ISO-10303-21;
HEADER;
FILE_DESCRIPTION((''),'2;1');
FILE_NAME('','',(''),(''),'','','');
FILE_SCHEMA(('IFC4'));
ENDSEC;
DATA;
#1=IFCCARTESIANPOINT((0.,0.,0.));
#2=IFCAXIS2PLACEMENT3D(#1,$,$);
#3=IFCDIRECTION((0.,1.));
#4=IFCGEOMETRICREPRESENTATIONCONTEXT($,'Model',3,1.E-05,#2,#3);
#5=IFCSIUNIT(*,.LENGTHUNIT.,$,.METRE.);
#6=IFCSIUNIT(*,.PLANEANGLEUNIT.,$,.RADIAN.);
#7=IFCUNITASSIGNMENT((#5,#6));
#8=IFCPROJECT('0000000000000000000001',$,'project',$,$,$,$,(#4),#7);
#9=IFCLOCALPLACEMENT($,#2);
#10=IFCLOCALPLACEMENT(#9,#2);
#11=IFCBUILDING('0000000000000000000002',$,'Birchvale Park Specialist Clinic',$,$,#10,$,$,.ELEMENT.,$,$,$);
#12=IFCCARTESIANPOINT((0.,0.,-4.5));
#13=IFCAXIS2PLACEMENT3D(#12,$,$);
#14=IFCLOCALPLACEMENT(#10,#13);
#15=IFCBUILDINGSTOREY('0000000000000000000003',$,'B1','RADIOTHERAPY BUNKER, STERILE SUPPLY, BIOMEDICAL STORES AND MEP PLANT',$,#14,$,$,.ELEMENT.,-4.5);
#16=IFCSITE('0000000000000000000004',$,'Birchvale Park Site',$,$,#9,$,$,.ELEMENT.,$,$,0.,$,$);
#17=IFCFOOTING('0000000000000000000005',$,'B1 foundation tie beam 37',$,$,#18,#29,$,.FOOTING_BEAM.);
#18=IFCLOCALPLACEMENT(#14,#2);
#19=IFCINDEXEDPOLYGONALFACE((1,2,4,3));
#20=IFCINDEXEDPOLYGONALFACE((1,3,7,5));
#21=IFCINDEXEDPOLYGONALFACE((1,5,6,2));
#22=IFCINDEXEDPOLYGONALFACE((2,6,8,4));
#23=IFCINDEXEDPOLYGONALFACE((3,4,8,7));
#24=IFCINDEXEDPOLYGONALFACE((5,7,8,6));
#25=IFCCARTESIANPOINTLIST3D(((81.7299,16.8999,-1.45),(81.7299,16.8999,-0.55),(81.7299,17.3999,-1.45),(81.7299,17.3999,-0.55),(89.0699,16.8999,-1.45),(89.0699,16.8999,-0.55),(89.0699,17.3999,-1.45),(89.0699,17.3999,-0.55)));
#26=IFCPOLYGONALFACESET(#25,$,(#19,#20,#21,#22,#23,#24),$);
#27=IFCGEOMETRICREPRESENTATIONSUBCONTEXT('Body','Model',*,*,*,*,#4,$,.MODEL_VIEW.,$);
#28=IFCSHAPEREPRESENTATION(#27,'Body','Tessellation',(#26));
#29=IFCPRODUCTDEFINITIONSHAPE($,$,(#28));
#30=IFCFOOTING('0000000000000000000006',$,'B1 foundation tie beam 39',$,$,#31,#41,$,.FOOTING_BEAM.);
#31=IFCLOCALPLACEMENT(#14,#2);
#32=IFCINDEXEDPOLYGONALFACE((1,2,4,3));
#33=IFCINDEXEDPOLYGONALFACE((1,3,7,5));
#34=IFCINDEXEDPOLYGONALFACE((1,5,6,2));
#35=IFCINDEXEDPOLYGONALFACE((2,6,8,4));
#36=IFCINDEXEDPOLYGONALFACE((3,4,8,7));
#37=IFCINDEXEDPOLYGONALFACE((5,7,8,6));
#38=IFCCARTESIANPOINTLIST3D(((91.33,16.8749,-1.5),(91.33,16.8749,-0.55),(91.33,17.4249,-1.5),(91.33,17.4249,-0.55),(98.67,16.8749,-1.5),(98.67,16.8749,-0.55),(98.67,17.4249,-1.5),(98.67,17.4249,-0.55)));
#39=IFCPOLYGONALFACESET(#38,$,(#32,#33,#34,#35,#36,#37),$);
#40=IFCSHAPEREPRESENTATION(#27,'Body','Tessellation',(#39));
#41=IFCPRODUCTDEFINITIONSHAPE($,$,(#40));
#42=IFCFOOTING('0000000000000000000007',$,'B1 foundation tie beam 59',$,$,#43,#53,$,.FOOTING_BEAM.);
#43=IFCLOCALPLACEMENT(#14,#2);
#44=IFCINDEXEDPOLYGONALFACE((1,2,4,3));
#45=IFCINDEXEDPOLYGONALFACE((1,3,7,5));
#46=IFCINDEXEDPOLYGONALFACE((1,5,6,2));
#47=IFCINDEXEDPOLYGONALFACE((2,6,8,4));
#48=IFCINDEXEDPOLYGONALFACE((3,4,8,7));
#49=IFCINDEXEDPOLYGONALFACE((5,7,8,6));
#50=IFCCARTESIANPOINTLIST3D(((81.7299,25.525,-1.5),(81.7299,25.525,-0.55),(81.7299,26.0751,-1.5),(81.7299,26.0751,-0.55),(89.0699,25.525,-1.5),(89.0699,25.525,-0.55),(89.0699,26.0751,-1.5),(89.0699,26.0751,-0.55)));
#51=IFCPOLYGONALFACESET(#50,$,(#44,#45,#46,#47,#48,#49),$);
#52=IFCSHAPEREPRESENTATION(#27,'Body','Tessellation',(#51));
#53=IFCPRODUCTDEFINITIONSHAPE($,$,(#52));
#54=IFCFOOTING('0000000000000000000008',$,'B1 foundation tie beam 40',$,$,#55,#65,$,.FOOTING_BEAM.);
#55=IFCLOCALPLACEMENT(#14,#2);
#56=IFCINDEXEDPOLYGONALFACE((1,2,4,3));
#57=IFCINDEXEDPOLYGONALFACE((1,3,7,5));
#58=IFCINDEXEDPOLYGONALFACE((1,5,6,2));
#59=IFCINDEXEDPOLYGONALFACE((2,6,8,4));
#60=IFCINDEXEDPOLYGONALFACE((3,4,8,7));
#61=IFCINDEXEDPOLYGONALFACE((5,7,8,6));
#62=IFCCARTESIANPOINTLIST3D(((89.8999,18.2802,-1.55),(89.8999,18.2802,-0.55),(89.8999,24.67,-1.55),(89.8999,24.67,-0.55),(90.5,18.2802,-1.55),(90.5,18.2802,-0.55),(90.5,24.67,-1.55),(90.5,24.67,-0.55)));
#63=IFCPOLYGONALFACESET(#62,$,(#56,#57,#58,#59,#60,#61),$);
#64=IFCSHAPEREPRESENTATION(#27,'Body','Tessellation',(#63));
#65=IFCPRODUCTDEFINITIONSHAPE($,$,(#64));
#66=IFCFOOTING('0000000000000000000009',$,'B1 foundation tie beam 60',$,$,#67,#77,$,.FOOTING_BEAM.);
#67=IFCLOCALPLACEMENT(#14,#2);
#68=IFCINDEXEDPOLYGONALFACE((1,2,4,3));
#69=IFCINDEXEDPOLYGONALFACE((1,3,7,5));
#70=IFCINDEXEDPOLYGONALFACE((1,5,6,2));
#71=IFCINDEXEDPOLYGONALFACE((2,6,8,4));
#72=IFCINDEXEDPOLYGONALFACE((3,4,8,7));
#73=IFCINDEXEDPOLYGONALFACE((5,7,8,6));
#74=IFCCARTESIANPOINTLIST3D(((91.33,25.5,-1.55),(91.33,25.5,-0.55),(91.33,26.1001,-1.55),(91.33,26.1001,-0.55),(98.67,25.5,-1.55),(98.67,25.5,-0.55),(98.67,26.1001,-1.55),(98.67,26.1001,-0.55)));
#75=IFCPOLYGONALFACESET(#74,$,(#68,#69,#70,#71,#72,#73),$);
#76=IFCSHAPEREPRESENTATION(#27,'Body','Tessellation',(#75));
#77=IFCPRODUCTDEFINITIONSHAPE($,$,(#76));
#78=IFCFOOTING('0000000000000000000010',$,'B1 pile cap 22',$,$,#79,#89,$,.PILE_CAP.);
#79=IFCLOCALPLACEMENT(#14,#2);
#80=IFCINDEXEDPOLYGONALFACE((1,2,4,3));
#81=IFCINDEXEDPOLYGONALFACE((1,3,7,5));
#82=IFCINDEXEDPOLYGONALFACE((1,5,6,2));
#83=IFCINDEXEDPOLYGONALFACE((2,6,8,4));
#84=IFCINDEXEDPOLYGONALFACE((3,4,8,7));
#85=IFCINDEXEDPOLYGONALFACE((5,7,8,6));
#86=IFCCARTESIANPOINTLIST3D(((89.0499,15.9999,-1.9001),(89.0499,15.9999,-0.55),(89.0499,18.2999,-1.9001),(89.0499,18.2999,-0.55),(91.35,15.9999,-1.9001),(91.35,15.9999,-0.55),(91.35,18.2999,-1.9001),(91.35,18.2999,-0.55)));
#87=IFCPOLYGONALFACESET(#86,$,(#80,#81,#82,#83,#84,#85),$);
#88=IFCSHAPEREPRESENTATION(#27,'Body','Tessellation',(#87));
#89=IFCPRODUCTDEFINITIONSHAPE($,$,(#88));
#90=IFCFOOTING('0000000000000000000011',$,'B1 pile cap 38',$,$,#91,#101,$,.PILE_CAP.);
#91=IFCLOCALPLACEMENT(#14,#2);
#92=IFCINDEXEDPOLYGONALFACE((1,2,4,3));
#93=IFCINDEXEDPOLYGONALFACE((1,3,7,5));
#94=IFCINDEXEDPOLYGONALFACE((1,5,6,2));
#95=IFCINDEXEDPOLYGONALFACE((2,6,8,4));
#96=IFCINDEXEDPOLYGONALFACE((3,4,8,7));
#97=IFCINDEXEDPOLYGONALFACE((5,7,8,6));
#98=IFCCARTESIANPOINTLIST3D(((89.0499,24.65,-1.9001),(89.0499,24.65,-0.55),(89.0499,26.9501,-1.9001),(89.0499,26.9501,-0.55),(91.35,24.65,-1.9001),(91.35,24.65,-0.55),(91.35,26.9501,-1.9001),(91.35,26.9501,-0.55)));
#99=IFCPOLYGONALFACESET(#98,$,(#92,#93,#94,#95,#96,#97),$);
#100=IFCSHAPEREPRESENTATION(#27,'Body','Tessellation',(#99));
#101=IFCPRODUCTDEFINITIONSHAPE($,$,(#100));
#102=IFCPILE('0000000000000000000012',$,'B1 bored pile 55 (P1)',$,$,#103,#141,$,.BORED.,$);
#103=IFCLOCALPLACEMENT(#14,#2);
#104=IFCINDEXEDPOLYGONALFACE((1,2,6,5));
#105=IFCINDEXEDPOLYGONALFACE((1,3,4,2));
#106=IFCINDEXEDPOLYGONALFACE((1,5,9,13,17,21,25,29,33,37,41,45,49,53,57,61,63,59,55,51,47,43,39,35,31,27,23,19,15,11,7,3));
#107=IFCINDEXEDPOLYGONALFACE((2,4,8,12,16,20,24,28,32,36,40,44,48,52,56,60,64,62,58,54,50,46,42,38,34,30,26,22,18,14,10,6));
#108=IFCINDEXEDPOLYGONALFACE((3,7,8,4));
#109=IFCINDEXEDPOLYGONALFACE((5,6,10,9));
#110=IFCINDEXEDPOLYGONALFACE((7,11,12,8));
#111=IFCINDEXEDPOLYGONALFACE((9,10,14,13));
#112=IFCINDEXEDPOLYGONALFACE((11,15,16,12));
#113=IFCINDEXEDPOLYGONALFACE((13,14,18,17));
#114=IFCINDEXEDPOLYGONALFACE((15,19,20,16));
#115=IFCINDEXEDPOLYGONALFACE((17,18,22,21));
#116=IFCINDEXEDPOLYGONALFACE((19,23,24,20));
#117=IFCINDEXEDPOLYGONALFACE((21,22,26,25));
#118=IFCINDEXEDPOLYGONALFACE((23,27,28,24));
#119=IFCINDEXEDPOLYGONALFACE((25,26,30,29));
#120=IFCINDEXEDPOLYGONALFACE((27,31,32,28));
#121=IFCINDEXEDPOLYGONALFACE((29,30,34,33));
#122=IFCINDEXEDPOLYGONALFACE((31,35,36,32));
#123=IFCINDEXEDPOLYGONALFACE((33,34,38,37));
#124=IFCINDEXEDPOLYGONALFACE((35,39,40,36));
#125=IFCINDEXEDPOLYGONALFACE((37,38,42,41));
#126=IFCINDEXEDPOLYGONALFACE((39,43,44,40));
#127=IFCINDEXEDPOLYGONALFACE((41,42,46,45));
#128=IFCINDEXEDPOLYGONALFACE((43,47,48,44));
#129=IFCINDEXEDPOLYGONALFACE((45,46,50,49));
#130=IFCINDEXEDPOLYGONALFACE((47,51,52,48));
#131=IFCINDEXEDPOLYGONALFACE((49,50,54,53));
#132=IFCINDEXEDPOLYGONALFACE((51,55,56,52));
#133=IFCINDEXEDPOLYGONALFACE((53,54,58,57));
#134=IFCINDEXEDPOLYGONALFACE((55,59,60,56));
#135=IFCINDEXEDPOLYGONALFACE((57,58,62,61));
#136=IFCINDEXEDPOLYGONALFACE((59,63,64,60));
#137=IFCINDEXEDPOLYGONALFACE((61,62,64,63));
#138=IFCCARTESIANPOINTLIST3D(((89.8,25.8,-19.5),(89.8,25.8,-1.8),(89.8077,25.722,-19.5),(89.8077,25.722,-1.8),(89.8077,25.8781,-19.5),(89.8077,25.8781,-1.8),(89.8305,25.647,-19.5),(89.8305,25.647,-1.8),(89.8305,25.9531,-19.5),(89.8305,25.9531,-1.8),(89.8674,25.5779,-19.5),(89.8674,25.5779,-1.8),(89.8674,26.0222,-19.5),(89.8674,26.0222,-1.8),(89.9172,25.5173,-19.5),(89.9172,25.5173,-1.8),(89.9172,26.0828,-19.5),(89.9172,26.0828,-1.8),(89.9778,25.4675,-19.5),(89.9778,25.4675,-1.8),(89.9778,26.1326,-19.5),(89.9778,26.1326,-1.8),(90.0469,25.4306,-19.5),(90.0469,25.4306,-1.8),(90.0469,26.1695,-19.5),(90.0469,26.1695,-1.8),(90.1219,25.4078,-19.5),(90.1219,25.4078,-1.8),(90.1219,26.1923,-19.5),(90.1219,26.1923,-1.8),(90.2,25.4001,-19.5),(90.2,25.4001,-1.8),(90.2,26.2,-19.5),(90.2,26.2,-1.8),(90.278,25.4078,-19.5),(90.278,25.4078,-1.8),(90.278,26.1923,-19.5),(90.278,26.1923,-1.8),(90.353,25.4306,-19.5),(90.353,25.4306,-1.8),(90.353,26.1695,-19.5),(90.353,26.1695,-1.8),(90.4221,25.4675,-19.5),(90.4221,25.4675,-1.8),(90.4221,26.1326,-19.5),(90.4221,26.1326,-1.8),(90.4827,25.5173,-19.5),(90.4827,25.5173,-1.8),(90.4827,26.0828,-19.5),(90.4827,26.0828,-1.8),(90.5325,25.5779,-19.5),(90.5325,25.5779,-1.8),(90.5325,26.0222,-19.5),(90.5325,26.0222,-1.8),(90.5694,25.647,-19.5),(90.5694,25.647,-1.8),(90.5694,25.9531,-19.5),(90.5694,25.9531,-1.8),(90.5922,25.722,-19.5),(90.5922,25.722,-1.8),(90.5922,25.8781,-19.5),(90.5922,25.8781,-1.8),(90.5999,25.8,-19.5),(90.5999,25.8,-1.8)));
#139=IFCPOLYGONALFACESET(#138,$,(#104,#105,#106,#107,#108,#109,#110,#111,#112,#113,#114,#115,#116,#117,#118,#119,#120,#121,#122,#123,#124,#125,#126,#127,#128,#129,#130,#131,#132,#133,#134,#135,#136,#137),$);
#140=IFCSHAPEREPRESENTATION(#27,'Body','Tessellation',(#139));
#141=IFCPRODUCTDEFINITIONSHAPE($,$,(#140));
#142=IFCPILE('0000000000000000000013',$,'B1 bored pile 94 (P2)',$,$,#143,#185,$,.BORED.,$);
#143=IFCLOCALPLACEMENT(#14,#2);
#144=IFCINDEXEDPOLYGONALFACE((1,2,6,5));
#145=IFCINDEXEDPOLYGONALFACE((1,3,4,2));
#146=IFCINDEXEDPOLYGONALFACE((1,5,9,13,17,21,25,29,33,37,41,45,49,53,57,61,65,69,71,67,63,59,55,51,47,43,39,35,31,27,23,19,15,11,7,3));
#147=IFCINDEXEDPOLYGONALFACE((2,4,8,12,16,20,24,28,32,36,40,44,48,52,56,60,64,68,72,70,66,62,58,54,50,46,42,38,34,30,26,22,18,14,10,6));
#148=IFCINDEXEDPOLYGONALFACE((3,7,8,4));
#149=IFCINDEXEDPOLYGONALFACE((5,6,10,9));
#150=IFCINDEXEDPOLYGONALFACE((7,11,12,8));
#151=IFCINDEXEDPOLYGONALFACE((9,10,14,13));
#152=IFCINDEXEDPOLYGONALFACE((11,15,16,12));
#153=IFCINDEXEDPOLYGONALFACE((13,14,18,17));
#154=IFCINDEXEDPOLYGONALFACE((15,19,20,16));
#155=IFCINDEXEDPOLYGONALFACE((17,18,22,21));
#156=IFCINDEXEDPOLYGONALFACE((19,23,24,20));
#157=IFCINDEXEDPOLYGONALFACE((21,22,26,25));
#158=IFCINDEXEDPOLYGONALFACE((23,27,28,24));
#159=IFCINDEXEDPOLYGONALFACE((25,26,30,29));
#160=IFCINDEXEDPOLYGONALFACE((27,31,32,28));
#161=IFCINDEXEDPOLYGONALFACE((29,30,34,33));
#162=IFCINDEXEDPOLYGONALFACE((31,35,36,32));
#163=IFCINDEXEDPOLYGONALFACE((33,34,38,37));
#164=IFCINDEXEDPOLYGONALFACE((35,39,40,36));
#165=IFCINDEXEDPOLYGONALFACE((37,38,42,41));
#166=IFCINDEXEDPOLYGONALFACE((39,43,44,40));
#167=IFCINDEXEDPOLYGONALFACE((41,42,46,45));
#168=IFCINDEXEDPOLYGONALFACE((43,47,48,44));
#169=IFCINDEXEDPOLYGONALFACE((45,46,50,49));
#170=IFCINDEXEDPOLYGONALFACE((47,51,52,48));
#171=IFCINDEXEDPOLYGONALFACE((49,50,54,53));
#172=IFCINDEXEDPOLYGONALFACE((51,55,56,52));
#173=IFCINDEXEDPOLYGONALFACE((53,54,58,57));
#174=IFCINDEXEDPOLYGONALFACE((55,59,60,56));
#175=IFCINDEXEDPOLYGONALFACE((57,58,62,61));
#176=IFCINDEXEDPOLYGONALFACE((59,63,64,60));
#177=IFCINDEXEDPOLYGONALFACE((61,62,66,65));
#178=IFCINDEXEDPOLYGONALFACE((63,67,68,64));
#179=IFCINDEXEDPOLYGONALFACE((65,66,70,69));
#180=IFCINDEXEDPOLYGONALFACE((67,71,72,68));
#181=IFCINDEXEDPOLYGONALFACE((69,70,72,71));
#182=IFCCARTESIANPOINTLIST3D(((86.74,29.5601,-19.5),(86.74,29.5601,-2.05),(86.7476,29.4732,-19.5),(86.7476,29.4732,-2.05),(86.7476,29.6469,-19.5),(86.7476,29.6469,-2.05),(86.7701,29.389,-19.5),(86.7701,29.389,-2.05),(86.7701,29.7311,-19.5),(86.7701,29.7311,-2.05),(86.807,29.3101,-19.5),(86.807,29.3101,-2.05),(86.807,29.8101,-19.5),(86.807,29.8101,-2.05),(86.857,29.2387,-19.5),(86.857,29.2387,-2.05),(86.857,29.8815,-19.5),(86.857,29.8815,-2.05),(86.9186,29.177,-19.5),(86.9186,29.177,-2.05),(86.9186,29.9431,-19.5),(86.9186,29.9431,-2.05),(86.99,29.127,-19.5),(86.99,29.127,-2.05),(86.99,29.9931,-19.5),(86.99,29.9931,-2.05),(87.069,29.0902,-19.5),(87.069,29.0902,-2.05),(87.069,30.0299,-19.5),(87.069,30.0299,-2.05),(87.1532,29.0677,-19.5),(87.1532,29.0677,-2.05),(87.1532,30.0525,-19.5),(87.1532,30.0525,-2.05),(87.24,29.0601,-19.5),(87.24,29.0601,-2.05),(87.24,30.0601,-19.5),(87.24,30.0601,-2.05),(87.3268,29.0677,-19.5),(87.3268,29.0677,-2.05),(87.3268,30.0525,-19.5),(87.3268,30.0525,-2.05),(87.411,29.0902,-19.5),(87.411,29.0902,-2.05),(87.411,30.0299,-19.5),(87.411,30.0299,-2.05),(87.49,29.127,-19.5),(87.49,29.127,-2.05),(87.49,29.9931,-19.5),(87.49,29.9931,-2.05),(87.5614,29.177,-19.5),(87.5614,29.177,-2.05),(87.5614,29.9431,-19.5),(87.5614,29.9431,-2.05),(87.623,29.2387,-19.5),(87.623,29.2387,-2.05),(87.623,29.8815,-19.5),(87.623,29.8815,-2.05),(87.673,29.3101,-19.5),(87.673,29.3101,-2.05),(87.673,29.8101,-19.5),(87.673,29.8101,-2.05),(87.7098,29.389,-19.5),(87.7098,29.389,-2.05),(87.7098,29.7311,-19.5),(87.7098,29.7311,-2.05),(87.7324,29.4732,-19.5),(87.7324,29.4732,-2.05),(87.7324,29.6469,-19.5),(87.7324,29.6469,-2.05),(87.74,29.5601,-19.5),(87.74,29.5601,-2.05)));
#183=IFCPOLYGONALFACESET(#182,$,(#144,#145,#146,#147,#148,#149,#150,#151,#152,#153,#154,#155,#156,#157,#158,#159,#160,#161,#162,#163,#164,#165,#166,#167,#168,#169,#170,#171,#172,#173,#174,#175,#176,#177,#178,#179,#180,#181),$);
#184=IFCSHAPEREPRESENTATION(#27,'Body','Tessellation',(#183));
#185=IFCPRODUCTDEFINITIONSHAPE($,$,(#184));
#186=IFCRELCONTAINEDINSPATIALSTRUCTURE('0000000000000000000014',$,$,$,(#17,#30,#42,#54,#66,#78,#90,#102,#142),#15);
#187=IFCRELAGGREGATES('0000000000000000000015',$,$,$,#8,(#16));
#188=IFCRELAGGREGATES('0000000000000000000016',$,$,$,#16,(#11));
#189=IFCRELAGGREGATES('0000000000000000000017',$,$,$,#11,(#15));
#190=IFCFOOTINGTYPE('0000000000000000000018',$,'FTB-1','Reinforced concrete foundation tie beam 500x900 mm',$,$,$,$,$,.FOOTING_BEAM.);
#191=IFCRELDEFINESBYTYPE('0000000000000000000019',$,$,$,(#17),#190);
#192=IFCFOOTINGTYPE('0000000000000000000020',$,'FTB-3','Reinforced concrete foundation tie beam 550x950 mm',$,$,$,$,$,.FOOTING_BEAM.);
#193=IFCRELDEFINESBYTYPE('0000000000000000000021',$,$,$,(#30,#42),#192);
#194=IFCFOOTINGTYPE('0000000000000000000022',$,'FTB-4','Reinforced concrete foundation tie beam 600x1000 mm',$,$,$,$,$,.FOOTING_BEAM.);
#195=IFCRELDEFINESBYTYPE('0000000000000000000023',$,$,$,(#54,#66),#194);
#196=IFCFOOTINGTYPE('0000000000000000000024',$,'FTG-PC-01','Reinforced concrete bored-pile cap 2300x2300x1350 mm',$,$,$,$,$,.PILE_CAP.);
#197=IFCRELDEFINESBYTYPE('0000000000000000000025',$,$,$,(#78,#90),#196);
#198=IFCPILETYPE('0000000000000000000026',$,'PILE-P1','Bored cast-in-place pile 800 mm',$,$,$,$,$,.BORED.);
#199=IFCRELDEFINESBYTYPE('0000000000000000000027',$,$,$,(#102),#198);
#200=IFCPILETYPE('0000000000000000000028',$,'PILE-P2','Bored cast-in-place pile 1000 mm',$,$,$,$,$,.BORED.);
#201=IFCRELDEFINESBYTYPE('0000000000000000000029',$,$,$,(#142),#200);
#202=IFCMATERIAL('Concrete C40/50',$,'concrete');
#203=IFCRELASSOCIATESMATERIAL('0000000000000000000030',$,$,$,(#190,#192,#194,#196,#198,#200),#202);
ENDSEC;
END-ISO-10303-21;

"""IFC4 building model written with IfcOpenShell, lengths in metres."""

from ifc_helpers import new_model, si_unit, direction, frame, origin, origin_2d, place, context, subcontext, project, spatial, rectangle, circle, extrude, material, material_profile, profile_set, type_object, element, save


model = new_model("IFC4")

# Units and contexts
model_context = context("Model", 3, precision=1e-05, world=origin(), true_north=direction((0.0, 1.0)))
body_context = subcontext(model_context, "Body", "Model", "MODEL_VIEW")
ifc_project = project(units=[si_unit("LENGTHUNIT", "METRE"), si_unit("PLANEANGLEUNIT", "RADIAN")], contexts=[model_context])

# Site, building, storey
site_placement = place(None, origin())
site = spatial("IfcSite", under=ifc_project, at=site_placement, Name="Birchvale Park Site", CompositionType="ELEMENT", RefElevation=0.0)
building_placement = place(site_placement, origin())
building = spatial("IfcBuilding", under=site, at=building_placement, Name="Birchvale Park Specialist Clinic", CompositionType="ELEMENT")
storey_placement = place(building_placement, frame((0.0, 0.0, -4.5)))
storey = spatial("IfcBuildingStorey", under=building, at=storey_placement, Name="B1", Description="RADIOTHERAPY BUNKER, STERILE SUPPLY, BIOMEDICAL STORES AND MEP PLANT", CompositionType="ELEMENT", Elevation=-4.5)

# Footings
ifc_material_1 = material(Name="Concrete C40/50", Category="concrete")
footing_type_1 = type_object("IfcFootingType", Name="FTB-1", Description="Reinforced concrete foundation tie beam 500x900 mm", PredefinedType="FOOTING_BEAM", material=ifc_material_1)
footing_1_placement = place(storey_placement, frame((85.3999, 17.1499, -1.45), z_axis=(0.0, 0.0, 1.0), x_axis=(1.0, 0.0, 0.0)))
element("IfcFooting", 1, at=footing_1_placement, inside=storey, type_object=footing_type_1, Name="B1 foundation tie beam 37", PredefinedType="FOOTING_BEAM", context=body_context, shape_type="SweptSolid", body=[
    extrude(rectangle(XDim=7.3401, YDim=0.5, at=origin_2d()), origin(), (0.0, 0.0, 1.0), 0.8999),
])
footing_type_2 = type_object("IfcFootingType", Name="FTB-3", Description="Reinforced concrete foundation tie beam 550x950 mm", PredefinedType="FOOTING_BEAM", material=ifc_material_1)
for number, where, z_axis, x_axis, name in (
    (2, (95.0, 17.1499, -1.5), (0.0, 0.0, 1.0), (1.0, 0.0, 0.0), "B1 foundation tie beam 39"),
    (3, (85.3999, 25.8, -1.5), (0.0, 0.0, 1.0), (1.0, 0.0, 0.0), "B1 foundation tie beam 59"),
):
    element("IfcFooting", number, at=place(storey_placement, frame(where, z_axis=z_axis, x_axis=x_axis)), inside=storey, type_object=footing_type_2, Name=name, PredefinedType="FOOTING_BEAM", context=body_context, shape_type="SweptSolid", body=[
        extrude(rectangle(XDim=7.3401, YDim=0.55, at=origin_2d()), origin(), (0.0, 0.0, 1.0), 0.95),
    ])
footing_type_3 = type_object("IfcFootingType", Name="FTB-4", Description="Reinforced concrete foundation tie beam 600x1000 mm", PredefinedType="FOOTING_BEAM", material=ifc_material_1)
footing_2_placement = place(storey_placement, frame((90.2, 21.4751, -1.55), z_axis=(0.0, 0.0, 1.0), x_axis=(1.0, 0.0, 0.0)))
element("IfcFooting", 4, at=footing_2_placement, inside=storey, type_object=footing_type_3, Name="B1 foundation tie beam 40", PredefinedType="FOOTING_BEAM", context=body_context, shape_type="SweptSolid", body=[
    extrude(rectangle(XDim=0.6001, YDim=6.3899, at=origin_2d()), origin(), (0.0, 0.0, 1.0), 1.0),
])
footing_3_placement = place(storey_placement, frame((95.0, 25.8, -1.55), z_axis=(0.0, 0.0, 1.0), x_axis=(1.0, 0.0, 0.0)))
element("IfcFooting", 5, at=footing_3_placement, inside=storey, type_object=footing_type_3, Name="B1 foundation tie beam 60", PredefinedType="FOOTING_BEAM", context=body_context, shape_type="SweptSolid", body=[
    extrude(rectangle(XDim=7.3401, YDim=0.6001, at=origin_2d()), origin(), (0.0, 0.0, 1.0), 1.0),
])
footing_type_4 = type_object("IfcFootingType", Name="FTG-PC-01", Description="Reinforced concrete bored-pile cap 2300x2300x1350 mm", PredefinedType="PILE_CAP", material=ifc_material_1)
for number, where, z_axis, x_axis, name in (
    (6, (90.2, 17.1499, -1.9001), (0.0, 0.0, 1.0), (1.0, 0.0, 0.0), "B1 pile cap 22"),
    (7, (90.2, 25.8, -1.9001), (0.0, 0.0, 1.0), (1.0, 0.0, 0.0), "B1 pile cap 38"),
):
    element("IfcFooting", number, at=place(storey_placement, frame(where, z_axis=z_axis, x_axis=x_axis)), inside=storey, type_object=footing_type_4, Name=name, PredefinedType="PILE_CAP", context=body_context, shape_type="SweptSolid", body=[
        extrude(rectangle(XDim=2.3, YDim=2.3, at=origin_2d()), origin(), (0.0, 0.0, 1.0), 1.3501),
    ])

# Piles
ifc_material_profile_1 = material_profile(ifc_material_1, circle(Radius=0.3999, at=origin_2d()), Name="PILE-800")
ifc_profile_set_1 = profile_set([ifc_material_profile_1], Name="Concrete C40/50")
pile_type_1 = type_object("IfcPileType", Name="PILE-P1", Description="Bored cast-in-place pile 800 mm", PredefinedType="BORED", material=ifc_profile_set_1)
pile_1_placement = place(storey_placement, frame((90.2, 25.8, -1.8), z_axis=(0.0, 0.0, -1.0), x_axis=(1.0, 0.0, 0.0)))
element("IfcPile", 8, at=pile_1_placement, inside=storey, type_object=pile_type_1, Name="B1 bored pile 55 (P1)", PredefinedType="BORED", context=body_context, shape_type="SweptSolid", body=[
    extrude(circle(Radius=0.3999, at=origin_2d()), origin(), (0.0, 0.0, 1.0), 17.7),
])
ifc_material_profile_2 = material_profile(ifc_material_1, circle(Radius=0.5, at=origin_2d()), Name="PILE-1000")
ifc_profile_set_2 = profile_set([ifc_material_profile_2], Name="Concrete C40/50")
pile_type_2 = type_object("IfcPileType", Name="PILE-P2", Description="Bored cast-in-place pile 1000 mm", PredefinedType="BORED", material=ifc_profile_set_2)
pile_2_placement = place(storey_placement, frame((87.24, 29.5601, -2.05), z_axis=(0.0, 0.0, -1.0), x_axis=(1.0, 0.0, 0.0)))
element("IfcPile", 9, at=pile_2_placement, inside=storey, type_object=pile_type_2, Name="B1 bored pile 94 (P2)", PredefinedType="BORED", context=body_context, shape_type="SweptSolid", body=[
    extrude(circle(Radius=0.5, at=origin_2d()), origin(), (0.0, 0.0, 1.0), 17.45),
])

save(model, "model.ifc")
